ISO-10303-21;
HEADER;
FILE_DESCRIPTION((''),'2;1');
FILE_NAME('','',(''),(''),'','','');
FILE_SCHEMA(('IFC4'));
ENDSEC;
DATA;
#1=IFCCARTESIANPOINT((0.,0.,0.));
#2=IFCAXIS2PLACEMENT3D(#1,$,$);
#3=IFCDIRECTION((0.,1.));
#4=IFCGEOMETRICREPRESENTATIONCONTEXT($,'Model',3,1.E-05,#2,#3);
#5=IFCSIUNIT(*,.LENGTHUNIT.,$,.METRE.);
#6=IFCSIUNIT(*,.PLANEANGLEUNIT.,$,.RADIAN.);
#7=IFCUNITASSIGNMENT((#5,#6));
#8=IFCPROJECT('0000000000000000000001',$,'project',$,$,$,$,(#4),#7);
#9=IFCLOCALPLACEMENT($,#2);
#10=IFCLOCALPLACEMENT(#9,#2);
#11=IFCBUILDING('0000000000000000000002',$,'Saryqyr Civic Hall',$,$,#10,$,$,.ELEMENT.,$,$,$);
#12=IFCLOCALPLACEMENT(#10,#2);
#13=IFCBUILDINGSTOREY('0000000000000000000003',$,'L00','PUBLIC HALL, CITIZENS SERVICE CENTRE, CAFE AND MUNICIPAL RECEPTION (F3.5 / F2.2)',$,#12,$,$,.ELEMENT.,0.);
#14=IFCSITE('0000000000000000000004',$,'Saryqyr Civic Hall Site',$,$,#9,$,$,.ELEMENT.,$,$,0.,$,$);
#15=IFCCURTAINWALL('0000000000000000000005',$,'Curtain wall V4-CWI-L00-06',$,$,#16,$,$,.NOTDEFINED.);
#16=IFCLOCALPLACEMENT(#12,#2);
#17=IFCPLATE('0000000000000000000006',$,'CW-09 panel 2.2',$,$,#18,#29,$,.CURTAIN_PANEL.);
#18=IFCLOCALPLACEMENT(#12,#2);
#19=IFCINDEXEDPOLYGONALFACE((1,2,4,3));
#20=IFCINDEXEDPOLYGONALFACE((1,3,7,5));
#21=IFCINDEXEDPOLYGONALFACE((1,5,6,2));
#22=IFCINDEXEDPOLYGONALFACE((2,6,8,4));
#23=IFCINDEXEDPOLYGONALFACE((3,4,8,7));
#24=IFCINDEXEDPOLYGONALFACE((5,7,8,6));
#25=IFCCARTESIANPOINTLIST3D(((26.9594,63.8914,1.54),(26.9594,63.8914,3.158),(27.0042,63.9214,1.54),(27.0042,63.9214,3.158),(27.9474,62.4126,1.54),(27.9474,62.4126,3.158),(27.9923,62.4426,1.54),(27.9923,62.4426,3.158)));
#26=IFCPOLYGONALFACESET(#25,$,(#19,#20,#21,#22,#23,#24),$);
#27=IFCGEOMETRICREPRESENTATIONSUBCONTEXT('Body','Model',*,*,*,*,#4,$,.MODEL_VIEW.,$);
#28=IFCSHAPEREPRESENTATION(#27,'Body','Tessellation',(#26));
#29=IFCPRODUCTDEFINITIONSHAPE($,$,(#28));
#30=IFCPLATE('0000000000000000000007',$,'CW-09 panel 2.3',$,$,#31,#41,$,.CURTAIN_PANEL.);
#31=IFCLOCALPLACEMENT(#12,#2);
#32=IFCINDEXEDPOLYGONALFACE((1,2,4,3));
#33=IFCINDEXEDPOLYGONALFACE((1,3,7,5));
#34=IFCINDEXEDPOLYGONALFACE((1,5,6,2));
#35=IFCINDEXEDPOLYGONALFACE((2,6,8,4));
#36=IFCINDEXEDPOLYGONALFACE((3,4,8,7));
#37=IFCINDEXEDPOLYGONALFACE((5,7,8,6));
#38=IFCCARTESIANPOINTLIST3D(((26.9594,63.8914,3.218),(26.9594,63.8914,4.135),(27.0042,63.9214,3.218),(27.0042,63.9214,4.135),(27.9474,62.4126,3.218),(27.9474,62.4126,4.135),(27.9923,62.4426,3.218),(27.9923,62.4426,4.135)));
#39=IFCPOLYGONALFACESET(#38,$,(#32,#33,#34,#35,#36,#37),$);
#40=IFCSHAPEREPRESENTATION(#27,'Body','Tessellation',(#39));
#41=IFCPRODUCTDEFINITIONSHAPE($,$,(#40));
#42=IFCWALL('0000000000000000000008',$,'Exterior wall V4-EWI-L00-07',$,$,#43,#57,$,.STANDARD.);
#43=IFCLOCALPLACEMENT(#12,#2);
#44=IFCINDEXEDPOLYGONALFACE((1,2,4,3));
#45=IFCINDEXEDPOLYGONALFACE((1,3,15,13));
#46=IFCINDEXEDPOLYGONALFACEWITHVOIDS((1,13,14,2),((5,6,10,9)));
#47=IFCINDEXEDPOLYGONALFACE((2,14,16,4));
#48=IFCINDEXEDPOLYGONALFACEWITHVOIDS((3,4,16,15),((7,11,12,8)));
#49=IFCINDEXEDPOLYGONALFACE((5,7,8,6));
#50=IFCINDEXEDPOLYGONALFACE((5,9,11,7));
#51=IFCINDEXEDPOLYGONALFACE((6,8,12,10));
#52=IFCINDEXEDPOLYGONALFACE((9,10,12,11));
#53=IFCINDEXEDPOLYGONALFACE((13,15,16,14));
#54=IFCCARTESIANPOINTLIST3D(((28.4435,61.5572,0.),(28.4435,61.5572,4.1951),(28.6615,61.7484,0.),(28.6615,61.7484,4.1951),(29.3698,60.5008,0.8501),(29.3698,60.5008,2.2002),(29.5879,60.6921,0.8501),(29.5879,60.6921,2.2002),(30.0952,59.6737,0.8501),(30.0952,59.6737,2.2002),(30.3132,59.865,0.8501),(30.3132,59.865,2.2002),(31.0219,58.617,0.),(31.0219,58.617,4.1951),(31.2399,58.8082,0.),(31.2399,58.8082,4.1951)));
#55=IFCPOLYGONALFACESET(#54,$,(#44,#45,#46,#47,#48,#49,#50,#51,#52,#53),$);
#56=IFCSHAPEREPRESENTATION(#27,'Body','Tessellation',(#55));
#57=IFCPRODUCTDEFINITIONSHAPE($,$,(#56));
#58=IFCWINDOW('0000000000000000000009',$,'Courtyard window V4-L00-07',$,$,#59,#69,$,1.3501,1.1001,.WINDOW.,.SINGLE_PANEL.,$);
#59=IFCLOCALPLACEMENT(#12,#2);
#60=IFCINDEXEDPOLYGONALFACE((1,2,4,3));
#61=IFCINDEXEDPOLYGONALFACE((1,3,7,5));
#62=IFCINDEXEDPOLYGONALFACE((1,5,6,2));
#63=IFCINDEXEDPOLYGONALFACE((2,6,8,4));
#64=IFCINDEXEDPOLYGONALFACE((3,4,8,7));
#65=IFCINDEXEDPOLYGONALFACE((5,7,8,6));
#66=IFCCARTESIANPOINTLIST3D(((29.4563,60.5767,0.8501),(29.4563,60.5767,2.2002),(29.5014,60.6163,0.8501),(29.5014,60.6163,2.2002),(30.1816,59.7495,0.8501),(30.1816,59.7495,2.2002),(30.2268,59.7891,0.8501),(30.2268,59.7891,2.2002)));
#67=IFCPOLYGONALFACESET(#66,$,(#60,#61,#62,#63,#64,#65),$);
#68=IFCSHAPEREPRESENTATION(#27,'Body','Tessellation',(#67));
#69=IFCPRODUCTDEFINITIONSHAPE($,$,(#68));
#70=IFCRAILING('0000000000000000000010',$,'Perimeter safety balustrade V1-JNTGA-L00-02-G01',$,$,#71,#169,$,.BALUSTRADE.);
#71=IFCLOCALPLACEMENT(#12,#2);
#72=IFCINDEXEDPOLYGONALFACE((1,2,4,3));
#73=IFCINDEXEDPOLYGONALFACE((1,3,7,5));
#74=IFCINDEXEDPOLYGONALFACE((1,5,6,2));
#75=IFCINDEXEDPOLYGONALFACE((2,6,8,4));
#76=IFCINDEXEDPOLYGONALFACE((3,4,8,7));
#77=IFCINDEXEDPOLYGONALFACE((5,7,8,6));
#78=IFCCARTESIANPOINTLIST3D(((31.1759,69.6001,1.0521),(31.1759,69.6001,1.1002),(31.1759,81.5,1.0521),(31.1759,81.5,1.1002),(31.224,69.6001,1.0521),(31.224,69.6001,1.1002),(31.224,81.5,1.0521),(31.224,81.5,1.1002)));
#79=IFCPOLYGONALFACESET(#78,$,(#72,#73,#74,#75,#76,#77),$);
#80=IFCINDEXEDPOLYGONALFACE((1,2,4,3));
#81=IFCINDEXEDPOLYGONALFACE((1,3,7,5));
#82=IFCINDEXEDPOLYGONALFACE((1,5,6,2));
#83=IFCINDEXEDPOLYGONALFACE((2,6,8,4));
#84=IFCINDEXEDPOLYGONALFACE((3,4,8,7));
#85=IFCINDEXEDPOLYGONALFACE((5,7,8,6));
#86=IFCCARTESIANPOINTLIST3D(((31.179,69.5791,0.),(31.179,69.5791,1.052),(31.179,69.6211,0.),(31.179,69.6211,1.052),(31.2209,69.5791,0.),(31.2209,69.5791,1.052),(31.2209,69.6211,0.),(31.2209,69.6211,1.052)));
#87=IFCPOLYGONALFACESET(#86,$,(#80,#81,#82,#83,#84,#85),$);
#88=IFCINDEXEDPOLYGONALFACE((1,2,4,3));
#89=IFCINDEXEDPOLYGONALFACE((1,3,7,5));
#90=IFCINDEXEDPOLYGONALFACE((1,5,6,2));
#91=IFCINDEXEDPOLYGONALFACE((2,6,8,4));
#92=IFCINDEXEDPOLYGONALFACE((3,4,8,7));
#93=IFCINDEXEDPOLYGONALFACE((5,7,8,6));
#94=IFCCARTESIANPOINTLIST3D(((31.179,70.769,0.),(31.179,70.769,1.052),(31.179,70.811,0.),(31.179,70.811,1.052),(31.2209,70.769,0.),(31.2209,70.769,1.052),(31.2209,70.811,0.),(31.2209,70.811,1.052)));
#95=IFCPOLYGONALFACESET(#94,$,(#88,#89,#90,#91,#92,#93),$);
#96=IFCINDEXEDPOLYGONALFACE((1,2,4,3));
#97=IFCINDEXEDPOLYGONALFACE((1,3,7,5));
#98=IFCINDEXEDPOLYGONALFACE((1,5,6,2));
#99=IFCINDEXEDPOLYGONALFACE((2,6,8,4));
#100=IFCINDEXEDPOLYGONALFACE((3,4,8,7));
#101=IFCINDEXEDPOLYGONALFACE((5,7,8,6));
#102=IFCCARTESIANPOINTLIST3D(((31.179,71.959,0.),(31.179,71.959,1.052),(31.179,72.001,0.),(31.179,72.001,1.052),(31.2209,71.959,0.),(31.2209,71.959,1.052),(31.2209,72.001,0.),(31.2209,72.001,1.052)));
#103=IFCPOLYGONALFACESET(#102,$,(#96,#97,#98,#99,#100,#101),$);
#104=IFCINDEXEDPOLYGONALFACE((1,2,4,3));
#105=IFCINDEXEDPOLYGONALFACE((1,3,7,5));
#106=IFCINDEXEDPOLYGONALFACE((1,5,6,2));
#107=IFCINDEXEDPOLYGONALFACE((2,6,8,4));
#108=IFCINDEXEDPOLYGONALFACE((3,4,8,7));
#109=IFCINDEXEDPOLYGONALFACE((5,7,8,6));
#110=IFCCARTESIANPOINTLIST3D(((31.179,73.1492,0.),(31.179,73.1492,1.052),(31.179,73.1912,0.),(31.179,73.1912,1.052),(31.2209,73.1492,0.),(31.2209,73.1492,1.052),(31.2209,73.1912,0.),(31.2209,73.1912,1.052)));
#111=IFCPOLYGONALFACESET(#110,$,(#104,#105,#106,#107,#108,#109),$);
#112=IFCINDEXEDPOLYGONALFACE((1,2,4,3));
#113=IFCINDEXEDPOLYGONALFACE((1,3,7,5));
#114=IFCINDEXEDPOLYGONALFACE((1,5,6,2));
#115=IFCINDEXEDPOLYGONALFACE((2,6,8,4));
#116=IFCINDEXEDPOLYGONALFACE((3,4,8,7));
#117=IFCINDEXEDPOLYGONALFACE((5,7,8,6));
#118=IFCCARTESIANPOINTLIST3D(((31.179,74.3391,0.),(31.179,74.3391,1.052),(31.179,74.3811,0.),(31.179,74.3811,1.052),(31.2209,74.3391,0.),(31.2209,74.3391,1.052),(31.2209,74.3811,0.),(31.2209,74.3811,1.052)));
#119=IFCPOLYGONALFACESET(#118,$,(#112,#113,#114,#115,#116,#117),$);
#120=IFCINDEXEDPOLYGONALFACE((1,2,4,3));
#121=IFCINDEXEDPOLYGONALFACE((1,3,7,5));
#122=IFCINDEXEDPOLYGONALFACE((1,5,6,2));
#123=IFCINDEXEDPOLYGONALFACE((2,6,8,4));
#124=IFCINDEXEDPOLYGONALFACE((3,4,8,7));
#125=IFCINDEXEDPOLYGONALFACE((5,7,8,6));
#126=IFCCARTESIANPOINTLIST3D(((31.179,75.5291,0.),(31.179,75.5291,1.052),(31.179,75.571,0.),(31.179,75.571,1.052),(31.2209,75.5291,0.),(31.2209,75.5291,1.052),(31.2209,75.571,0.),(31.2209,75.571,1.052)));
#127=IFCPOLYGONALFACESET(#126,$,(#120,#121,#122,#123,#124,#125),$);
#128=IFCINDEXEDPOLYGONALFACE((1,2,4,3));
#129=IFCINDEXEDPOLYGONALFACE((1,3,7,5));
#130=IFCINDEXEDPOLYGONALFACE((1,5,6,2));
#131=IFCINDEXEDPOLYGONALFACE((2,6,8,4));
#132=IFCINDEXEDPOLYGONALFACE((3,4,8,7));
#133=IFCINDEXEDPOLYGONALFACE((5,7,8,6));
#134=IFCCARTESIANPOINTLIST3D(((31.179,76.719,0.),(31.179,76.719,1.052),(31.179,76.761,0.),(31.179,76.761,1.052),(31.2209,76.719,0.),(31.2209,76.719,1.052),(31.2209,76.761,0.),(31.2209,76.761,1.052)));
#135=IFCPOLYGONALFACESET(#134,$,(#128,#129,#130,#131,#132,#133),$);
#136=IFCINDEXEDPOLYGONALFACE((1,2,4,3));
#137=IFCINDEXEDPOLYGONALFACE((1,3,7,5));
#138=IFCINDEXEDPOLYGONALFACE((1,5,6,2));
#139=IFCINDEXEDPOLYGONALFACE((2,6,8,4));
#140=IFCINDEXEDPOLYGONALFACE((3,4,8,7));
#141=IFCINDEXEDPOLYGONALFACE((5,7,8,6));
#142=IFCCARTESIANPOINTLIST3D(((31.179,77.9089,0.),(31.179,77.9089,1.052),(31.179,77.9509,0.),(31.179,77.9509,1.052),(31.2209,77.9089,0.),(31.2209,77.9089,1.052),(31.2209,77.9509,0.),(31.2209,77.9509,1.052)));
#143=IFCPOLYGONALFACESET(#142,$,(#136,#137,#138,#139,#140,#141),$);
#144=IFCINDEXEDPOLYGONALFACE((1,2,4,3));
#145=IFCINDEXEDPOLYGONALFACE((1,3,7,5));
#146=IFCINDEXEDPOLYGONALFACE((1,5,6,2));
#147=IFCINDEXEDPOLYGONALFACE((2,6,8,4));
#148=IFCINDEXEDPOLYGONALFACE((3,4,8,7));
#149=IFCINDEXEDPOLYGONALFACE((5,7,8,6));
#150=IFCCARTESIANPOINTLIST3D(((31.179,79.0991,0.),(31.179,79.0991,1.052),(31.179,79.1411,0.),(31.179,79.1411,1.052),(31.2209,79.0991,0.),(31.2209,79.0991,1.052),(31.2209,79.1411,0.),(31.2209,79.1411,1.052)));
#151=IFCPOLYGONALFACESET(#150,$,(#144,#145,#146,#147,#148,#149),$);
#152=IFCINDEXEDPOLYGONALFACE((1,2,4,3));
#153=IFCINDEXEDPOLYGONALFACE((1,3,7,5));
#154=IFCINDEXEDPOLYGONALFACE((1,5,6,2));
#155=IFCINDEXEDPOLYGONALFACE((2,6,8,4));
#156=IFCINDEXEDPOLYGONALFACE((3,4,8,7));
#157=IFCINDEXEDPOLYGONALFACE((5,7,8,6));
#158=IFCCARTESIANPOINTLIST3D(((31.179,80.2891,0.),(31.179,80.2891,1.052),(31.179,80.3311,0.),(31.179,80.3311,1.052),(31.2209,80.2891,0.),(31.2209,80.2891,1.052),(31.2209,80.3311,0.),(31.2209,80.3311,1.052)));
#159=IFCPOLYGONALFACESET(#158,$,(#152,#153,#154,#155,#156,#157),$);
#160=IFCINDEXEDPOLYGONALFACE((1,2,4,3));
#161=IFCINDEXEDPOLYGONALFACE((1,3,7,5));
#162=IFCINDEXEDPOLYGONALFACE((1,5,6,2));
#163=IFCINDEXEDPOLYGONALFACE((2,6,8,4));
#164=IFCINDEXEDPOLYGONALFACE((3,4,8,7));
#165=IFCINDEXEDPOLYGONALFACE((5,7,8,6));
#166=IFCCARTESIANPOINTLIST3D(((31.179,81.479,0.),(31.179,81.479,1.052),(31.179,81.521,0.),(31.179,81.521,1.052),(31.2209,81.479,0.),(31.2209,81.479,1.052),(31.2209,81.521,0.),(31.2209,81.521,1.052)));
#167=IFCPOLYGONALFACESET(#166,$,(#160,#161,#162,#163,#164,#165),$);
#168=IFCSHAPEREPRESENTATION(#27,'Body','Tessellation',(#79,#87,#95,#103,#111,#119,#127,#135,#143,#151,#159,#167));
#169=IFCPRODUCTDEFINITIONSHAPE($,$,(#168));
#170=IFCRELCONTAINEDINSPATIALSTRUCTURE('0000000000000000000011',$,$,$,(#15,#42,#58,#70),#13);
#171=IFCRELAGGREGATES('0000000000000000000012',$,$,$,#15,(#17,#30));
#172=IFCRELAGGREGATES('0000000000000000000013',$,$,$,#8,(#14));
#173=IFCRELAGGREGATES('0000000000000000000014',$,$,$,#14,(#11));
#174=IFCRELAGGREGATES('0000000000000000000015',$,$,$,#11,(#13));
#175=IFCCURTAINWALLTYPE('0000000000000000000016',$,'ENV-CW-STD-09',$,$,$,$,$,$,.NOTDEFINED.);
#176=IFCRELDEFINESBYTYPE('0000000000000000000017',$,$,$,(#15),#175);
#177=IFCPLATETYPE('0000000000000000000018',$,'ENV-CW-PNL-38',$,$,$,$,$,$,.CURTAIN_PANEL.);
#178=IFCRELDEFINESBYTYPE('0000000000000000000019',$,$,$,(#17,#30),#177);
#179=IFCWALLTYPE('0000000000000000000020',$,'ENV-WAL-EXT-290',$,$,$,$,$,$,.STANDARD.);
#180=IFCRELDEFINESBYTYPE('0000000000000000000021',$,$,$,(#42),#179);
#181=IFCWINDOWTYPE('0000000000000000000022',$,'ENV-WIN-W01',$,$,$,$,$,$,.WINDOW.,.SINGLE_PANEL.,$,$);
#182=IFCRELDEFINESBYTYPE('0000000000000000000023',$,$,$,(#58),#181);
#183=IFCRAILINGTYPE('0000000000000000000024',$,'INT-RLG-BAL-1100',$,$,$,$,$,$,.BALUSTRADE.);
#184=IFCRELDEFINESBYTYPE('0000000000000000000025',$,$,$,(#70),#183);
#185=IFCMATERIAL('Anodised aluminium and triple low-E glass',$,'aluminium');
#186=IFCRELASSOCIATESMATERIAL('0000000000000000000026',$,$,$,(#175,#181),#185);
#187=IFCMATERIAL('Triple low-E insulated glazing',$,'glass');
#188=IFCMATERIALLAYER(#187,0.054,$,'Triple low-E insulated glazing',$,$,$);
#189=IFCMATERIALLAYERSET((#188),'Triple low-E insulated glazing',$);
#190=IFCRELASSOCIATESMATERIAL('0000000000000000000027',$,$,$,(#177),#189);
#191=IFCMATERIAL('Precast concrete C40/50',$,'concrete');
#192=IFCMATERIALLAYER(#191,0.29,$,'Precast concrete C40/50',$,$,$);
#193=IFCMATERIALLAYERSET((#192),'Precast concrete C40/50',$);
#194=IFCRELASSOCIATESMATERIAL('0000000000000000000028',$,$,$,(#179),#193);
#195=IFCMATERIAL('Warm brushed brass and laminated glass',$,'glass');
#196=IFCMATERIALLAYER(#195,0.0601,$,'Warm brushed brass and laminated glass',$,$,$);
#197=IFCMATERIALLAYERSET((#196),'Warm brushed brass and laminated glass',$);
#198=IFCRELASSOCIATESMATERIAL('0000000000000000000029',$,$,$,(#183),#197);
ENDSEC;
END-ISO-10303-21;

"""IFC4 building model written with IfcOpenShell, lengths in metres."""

from ifc_helpers import new_model, si_unit, direction, frame, frame_2d, origin, origin_2d, place, context, subcontext, project, spatial, rectangle, extrude, material, layer, layer_set, type_object, element, fill, aggregate, save


model = new_model("IFC4")

# Units and contexts
model_context = context("Model", 3, precision=1e-05, world=origin(), true_north=direction((0.0, 1.0)))
body_context = subcontext(model_context, "Body", "Model", "MODEL_VIEW")
ifc_project = project(units=[si_unit("LENGTHUNIT", "METRE"), si_unit("PLANEANGLEUNIT", "RADIAN")], contexts=[model_context])

# Site, building, storey
site_placement = place(None, origin())
site = spatial("IfcSite", under=ifc_project, at=site_placement, Name="Saryqyr Civic Hall Site", CompositionType="ELEMENT", RefElevation=0.0)
building_placement = place(site_placement, origin())
building = spatial("IfcBuilding", under=site, at=building_placement, Name="Saryqyr Civic Hall", CompositionType="ELEMENT")
storey_placement = place(building_placement, origin())
storey = spatial("IfcBuildingStorey", under=building, at=storey_placement, Name="L00", Description="PUBLIC HALL, CITIZENS SERVICE CENTRE, CAFE AND MUNICIPAL RECEPTION (F3.5 / F2.2)", CompositionType="ELEMENT", Elevation=0.0)

# Curtain wall
ifc_material_1 = material(Name="Anodised aluminium and triple low-E glass", Category="aluminium")
curtain_wall_type_1 = type_object("IfcCurtainWallType", Name="ENV-CW-STD-09", PredefinedType="NOTDEFINED", material=ifc_material_1)
curtain_wall_1_placement = place(storey_placement, origin())
curtain_wall_1 = element("IfcCurtainWall", 1, at=curtain_wall_1_placement, inside=storey, type_object=curtain_wall_type_1, Name="Curtain wall V4-CWI-L00-06", PredefinedType="NOTDEFINED")

# Plates
ifc_material_2 = material(Name="Triple low-E insulated glazing", Category="glass")
ifc_layer_1 = layer(ifc_material_2, 0.054, Name="Triple low-E insulated glazing")
ifc_layer_set_1 = layer_set([ifc_layer_1], Name="Triple low-E insulated glazing")
plate_type = type_object("IfcPlateType", Name="ENV-CW-PNL-38", PredefinedType="CURTAIN_PANEL", material=ifc_layer_set_1)
plate_1_placement = place(storey_placement, frame((27.4758, 63.167, 1.54), z_axis=(0.0, 0.0, 1.0), x_axis=(0.555558, -0.831478, 0.0)))
plate_1 = element("IfcPlate", 2, at=plate_1_placement, type_object=plate_type, Name="CW-09 panel 2.2", PredefinedType="CURTAIN_PANEL", context=body_context, shape_type="SweptSolid", body=[
    extrude(rectangle(XDim=1.7786, YDim=0.054, at=origin_2d()), origin(), (0.0, 0.0, 1.0), 1.6179),
])
plate_2_placement = place(storey_placement, frame((27.4758, 63.167, 3.218), z_axis=(0.0, 0.0, 1.0), x_axis=(0.555558, -0.831478, 0.0)))
plate_2 = element("IfcPlate", 3, at=plate_2_placement, type_object=plate_type, Name="CW-09 panel 2.3", PredefinedType="CURTAIN_PANEL", context=body_context, shape_type="SweptSolid", body=[
    extrude(rectangle(XDim=1.7786, YDim=0.054, at=origin_2d()), origin(), (0.0, 0.0, 1.0), 0.917),
])
aggregate(curtain_wall_1, [plate_1, plate_2])

# Wall, opening, window
ifc_material_3 = material(Name="Precast concrete C40/50", Category="concrete")
ifc_layer_2 = layer(ifc_material_3, 0.29, Name="Precast concrete C40/50")
ifc_layer_set_2 = layer_set([ifc_layer_2], Name="Precast concrete C40/50")
wall_type = type_object("IfcWallType", Name="ENV-WAL-EXT-290", PredefinedType="STANDARD", material=ifc_layer_set_2)
wall_placement = place(storey_placement, frame((28.5525, 61.6528, 0.0), z_axis=(0.0, 0.0, 1.0), x_axis=(0.659331, -0.751853, 0.0)))
wall = element("IfcWall", 4, at=wall_placement, inside=storey, type_object=wall_type, Name="Exterior wall V4-EWI-L00-07", PredefinedType="STANDARD", context=body_context, shape_type="SweptSolid", body=[
    extrude(rectangle(XDim=3.9106, YDim=0.29, at=frame_2d((1.9553, 0.0))), origin(), (0.0, 0.0, 1.0), 4.1951),
])
opening_placement = place(wall_placement, frame((1.405, 0.0, 0.8501)))
opening = element("IfcOpeningElement", 5, at=opening_placement, cuts=wall, PredefinedType="OPENING", context=body_context, shape_type="SweptSolid", body=[
    extrude(rectangle(XDim=1.1001, YDim=1.3501, at=frame_2d((0.55, 0.675))), frame((0.0, 0.155, 0.0), z_axis=(0.0, -1.0, 0.0), x_axis=(1.0, 0.0, 0.0)), (0.0, 0.0, 1.0), 0.3101),
])
window_type = type_object("IfcWindowType", Name="ENV-WIN-W01", PartitioningType="SINGLE_PANEL", PredefinedType="WINDOW", material=ifc_material_1)
window_placement = place(opening_placement, origin())
window = element("IfcWindow", 6, at=window_placement, inside=storey, type_object=window_type, Name="Courtyard window V4-L00-07", OverallHeight=1.3501, OverallWidth=1.1001, PartitioningType="SINGLE_PANEL", PredefinedType="WINDOW", context=body_context, shape_type="SweptSolid", body=[
    extrude(rectangle(XDim=1.1001, YDim=1.3501, at=frame_2d((0.55, 0.675))), frame((0.0, 0.03, 0.0), z_axis=(0.0, -1.0, 0.0), x_axis=(1.0, 0.0, 0.0)), (0.0, 0.0, 1.0), 0.0601),
])
fill(opening, window)

# Railing
ifc_material_4 = material(Name="Warm brushed brass and laminated glass", Category="glass")
ifc_layer_3 = layer(ifc_material_4, 0.0601, Name="Warm brushed brass and laminated glass")
ifc_layer_set_3 = layer_set([ifc_layer_3], Name="Warm brushed brass and laminated glass")
railing_type = type_object("IfcRailingType", Name="INT-RLG-BAL-1100", PredefinedType="BALUSTRADE", material=ifc_layer_set_3)
railing_placement = place(storey_placement, frame((31.2, 69.6001, 0.0)))
element("IfcRailing", 7, at=railing_placement, inside=storey, type_object=railing_type, Name="Perimeter safety balustrade V1-JNTGA-L00-02-G01", PredefinedType="BALUSTRADE", context=body_context, shape_type="SweptSolid", body=[
    extrude(rectangle(XDim=0.0481, YDim=0.0481, at=origin_2d()), frame((0.0, 0.0, 1.0762), z_axis=(0.0, 1.0, 0.0), x_axis=(-1.0, 0.0, 0.0)), (0.0, 0.0, 1.0), 11.8999),
    extrude(rectangle(XDim=0.042, YDim=0.042, at=origin_2d()), origin(), (0.0, 0.0, 1.0), 1.052),
    extrude(rectangle(XDim=0.042, YDim=0.042, at=origin_2d()), frame((0.0, 1.1899, 0.0)), (0.0, 0.0, 1.0), 1.052),
    extrude(rectangle(XDim=0.042, YDim=0.042, at=origin_2d()), frame((0.0, 2.3799, 0.0)), (0.0, 0.0, 1.0), 1.052),
    extrude(rectangle(XDim=0.042, YDim=0.042, at=origin_2d()), frame((0.0, 3.5701, 0.0)), (0.0, 0.0, 1.0), 1.052),
    extrude(rectangle(XDim=0.042, YDim=0.042, at=origin_2d()), frame((0.0, 4.76, 0.0)), (0.0, 0.0, 1.0), 1.052),
    extrude(rectangle(XDim=0.042, YDim=0.042, at=origin_2d()), frame((0.0, 5.95, 0.0)), (0.0, 0.0, 1.0), 1.052),
    extrude(rectangle(XDim=0.042, YDim=0.042, at=origin_2d()), frame((0.0, 7.1399, 0.0)), (0.0, 0.0, 1.0), 1.052),
    extrude(rectangle(XDim=0.042, YDim=0.042, at=origin_2d()), frame((0.0, 8.3298, 0.0)), (0.0, 0.0, 1.0), 1.052),
    extrude(rectangle(XDim=0.042, YDim=0.042, at=origin_2d()), frame((0.0, 9.52, 0.0)), (0.0, 0.0, 1.0), 1.052),
    extrude(rectangle(XDim=0.042, YDim=0.042, at=origin_2d()), frame((0.0, 10.71, 0.0)), (0.0, 0.0, 1.0), 1.052),
    extrude(rectangle(XDim=0.042, YDim=0.042, at=origin_2d()), frame((0.0, 11.8999, 0.0)), (0.0, 0.0, 1.0), 1.052),
])

save(model, "model.ifc")
